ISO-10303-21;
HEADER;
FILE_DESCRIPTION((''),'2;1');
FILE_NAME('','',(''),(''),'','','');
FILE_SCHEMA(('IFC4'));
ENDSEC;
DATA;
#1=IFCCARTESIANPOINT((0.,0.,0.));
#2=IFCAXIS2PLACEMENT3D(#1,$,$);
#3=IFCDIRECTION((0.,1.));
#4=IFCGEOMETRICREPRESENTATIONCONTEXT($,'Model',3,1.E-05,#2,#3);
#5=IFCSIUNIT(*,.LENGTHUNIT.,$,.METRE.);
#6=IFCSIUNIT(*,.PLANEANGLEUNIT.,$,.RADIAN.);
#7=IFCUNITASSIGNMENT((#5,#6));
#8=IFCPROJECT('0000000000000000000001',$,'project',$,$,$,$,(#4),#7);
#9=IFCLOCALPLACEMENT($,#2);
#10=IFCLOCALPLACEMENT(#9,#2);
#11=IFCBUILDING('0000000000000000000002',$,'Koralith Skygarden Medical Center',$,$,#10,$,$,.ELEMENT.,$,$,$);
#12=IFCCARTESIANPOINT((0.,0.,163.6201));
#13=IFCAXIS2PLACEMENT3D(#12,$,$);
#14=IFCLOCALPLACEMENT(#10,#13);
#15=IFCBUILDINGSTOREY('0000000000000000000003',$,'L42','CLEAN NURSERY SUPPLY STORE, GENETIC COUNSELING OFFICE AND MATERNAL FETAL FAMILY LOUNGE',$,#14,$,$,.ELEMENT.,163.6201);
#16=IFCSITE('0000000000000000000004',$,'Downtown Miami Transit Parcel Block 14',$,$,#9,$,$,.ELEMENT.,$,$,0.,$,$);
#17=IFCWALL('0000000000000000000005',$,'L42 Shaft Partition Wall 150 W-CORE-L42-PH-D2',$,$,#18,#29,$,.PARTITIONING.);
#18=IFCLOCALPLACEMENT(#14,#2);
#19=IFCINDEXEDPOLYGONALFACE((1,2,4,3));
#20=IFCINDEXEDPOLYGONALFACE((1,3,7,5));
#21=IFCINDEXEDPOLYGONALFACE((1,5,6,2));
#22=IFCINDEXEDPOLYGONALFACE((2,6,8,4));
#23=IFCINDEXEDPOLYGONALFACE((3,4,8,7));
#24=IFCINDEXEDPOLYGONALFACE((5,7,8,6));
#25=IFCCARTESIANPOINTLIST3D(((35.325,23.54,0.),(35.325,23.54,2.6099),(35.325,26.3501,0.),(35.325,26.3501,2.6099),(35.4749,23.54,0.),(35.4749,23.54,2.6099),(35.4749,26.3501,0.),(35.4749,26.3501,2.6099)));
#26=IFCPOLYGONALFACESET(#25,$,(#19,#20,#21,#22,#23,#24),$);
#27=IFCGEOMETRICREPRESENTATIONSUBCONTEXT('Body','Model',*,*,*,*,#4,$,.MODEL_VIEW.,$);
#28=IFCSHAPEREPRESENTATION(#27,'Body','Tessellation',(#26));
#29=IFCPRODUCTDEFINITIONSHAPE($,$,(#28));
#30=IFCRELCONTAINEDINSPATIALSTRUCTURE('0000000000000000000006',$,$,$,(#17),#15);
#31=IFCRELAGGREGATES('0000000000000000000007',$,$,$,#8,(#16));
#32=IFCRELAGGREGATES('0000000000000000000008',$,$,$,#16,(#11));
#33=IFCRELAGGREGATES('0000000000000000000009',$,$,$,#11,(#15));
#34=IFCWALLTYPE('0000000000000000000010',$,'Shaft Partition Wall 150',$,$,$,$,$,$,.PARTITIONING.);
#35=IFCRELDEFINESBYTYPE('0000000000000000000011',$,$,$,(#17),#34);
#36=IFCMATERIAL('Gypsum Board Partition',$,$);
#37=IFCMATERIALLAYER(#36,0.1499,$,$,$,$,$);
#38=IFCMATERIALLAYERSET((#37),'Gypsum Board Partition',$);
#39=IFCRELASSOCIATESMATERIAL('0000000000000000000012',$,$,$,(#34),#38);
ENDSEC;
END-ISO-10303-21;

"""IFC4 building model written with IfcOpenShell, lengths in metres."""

from ifc_helpers import new_model, si_unit, direction, frame, frame_2d, origin, place, context, subcontext, project, spatial, rectangle, extrude, material, layer, layer_set, type_object, element, save


model = new_model("IFC4")

# Units and contexts
model_context = context("Model", 3, precision=1e-05, world=origin(), true_north=direction((0.0, 1.0)))
body_context = subcontext(model_context, "Body", "Model", "MODEL_VIEW")
ifc_project = project(units=[si_unit("LENGTHUNIT", "METRE"), si_unit("PLANEANGLEUNIT", "RADIAN")], contexts=[model_context])

# Site, building, storey
site_placement = place(None, origin())
site = spatial("IfcSite", under=ifc_project, at=site_placement, Name="Downtown Miami Transit Parcel Block 14", CompositionType="ELEMENT", RefElevation=0.0)
building_placement = place(site_placement, origin())
building = spatial("IfcBuilding", under=site, at=building_placement, Name="Koralith Skygarden Medical Center", CompositionType="ELEMENT")
storey_placement = place(building_placement, frame((0.0, 0.0, 163.6201)))
storey = spatial("IfcBuildingStorey", under=building, at=storey_placement, Name="L42", Description="CLEAN NURSERY SUPPLY STORE, GENETIC COUNSELING OFFICE AND MATERNAL FETAL FAMILY LOUNGE", CompositionType="ELEMENT", Elevation=163.6201)

# Shared definitions
ifc_material_1 = material(Name="Gypsum Board Partition")

# Wall
ifc_layer_1 = layer(ifc_material_1, 0.1499)
ifc_layer_set_1 = layer_set([ifc_layer_1], Name="Gypsum Board Partition")
wall_type_1 = type_object("IfcWallType", Name="Shaft Partition Wall 150", PredefinedType="PARTITIONING", material=ifc_layer_set_1)
wall_1_placement = place(storey_placement, frame((35.3999, 23.54, 0.0), z_axis=(0.0, 0.0, 1.0), x_axis=(0.0, 1.0, 0.0)))
element("IfcWall", 1, at=wall_1_placement, inside=storey, type_object=wall_type_1, Name="L42 Shaft Partition Wall 150 W-CORE-L42-PH-D2", PredefinedType="PARTITIONING", context=body_context, shape_type="SweptSolid", body=[
    extrude(rectangle(XDim=2.8101, YDim=0.1499, at=frame_2d((1.405, 0.0))), origin(), (0.0, 0.0, 1.0), 2.6099),
])

save(model, "model.ifc")
